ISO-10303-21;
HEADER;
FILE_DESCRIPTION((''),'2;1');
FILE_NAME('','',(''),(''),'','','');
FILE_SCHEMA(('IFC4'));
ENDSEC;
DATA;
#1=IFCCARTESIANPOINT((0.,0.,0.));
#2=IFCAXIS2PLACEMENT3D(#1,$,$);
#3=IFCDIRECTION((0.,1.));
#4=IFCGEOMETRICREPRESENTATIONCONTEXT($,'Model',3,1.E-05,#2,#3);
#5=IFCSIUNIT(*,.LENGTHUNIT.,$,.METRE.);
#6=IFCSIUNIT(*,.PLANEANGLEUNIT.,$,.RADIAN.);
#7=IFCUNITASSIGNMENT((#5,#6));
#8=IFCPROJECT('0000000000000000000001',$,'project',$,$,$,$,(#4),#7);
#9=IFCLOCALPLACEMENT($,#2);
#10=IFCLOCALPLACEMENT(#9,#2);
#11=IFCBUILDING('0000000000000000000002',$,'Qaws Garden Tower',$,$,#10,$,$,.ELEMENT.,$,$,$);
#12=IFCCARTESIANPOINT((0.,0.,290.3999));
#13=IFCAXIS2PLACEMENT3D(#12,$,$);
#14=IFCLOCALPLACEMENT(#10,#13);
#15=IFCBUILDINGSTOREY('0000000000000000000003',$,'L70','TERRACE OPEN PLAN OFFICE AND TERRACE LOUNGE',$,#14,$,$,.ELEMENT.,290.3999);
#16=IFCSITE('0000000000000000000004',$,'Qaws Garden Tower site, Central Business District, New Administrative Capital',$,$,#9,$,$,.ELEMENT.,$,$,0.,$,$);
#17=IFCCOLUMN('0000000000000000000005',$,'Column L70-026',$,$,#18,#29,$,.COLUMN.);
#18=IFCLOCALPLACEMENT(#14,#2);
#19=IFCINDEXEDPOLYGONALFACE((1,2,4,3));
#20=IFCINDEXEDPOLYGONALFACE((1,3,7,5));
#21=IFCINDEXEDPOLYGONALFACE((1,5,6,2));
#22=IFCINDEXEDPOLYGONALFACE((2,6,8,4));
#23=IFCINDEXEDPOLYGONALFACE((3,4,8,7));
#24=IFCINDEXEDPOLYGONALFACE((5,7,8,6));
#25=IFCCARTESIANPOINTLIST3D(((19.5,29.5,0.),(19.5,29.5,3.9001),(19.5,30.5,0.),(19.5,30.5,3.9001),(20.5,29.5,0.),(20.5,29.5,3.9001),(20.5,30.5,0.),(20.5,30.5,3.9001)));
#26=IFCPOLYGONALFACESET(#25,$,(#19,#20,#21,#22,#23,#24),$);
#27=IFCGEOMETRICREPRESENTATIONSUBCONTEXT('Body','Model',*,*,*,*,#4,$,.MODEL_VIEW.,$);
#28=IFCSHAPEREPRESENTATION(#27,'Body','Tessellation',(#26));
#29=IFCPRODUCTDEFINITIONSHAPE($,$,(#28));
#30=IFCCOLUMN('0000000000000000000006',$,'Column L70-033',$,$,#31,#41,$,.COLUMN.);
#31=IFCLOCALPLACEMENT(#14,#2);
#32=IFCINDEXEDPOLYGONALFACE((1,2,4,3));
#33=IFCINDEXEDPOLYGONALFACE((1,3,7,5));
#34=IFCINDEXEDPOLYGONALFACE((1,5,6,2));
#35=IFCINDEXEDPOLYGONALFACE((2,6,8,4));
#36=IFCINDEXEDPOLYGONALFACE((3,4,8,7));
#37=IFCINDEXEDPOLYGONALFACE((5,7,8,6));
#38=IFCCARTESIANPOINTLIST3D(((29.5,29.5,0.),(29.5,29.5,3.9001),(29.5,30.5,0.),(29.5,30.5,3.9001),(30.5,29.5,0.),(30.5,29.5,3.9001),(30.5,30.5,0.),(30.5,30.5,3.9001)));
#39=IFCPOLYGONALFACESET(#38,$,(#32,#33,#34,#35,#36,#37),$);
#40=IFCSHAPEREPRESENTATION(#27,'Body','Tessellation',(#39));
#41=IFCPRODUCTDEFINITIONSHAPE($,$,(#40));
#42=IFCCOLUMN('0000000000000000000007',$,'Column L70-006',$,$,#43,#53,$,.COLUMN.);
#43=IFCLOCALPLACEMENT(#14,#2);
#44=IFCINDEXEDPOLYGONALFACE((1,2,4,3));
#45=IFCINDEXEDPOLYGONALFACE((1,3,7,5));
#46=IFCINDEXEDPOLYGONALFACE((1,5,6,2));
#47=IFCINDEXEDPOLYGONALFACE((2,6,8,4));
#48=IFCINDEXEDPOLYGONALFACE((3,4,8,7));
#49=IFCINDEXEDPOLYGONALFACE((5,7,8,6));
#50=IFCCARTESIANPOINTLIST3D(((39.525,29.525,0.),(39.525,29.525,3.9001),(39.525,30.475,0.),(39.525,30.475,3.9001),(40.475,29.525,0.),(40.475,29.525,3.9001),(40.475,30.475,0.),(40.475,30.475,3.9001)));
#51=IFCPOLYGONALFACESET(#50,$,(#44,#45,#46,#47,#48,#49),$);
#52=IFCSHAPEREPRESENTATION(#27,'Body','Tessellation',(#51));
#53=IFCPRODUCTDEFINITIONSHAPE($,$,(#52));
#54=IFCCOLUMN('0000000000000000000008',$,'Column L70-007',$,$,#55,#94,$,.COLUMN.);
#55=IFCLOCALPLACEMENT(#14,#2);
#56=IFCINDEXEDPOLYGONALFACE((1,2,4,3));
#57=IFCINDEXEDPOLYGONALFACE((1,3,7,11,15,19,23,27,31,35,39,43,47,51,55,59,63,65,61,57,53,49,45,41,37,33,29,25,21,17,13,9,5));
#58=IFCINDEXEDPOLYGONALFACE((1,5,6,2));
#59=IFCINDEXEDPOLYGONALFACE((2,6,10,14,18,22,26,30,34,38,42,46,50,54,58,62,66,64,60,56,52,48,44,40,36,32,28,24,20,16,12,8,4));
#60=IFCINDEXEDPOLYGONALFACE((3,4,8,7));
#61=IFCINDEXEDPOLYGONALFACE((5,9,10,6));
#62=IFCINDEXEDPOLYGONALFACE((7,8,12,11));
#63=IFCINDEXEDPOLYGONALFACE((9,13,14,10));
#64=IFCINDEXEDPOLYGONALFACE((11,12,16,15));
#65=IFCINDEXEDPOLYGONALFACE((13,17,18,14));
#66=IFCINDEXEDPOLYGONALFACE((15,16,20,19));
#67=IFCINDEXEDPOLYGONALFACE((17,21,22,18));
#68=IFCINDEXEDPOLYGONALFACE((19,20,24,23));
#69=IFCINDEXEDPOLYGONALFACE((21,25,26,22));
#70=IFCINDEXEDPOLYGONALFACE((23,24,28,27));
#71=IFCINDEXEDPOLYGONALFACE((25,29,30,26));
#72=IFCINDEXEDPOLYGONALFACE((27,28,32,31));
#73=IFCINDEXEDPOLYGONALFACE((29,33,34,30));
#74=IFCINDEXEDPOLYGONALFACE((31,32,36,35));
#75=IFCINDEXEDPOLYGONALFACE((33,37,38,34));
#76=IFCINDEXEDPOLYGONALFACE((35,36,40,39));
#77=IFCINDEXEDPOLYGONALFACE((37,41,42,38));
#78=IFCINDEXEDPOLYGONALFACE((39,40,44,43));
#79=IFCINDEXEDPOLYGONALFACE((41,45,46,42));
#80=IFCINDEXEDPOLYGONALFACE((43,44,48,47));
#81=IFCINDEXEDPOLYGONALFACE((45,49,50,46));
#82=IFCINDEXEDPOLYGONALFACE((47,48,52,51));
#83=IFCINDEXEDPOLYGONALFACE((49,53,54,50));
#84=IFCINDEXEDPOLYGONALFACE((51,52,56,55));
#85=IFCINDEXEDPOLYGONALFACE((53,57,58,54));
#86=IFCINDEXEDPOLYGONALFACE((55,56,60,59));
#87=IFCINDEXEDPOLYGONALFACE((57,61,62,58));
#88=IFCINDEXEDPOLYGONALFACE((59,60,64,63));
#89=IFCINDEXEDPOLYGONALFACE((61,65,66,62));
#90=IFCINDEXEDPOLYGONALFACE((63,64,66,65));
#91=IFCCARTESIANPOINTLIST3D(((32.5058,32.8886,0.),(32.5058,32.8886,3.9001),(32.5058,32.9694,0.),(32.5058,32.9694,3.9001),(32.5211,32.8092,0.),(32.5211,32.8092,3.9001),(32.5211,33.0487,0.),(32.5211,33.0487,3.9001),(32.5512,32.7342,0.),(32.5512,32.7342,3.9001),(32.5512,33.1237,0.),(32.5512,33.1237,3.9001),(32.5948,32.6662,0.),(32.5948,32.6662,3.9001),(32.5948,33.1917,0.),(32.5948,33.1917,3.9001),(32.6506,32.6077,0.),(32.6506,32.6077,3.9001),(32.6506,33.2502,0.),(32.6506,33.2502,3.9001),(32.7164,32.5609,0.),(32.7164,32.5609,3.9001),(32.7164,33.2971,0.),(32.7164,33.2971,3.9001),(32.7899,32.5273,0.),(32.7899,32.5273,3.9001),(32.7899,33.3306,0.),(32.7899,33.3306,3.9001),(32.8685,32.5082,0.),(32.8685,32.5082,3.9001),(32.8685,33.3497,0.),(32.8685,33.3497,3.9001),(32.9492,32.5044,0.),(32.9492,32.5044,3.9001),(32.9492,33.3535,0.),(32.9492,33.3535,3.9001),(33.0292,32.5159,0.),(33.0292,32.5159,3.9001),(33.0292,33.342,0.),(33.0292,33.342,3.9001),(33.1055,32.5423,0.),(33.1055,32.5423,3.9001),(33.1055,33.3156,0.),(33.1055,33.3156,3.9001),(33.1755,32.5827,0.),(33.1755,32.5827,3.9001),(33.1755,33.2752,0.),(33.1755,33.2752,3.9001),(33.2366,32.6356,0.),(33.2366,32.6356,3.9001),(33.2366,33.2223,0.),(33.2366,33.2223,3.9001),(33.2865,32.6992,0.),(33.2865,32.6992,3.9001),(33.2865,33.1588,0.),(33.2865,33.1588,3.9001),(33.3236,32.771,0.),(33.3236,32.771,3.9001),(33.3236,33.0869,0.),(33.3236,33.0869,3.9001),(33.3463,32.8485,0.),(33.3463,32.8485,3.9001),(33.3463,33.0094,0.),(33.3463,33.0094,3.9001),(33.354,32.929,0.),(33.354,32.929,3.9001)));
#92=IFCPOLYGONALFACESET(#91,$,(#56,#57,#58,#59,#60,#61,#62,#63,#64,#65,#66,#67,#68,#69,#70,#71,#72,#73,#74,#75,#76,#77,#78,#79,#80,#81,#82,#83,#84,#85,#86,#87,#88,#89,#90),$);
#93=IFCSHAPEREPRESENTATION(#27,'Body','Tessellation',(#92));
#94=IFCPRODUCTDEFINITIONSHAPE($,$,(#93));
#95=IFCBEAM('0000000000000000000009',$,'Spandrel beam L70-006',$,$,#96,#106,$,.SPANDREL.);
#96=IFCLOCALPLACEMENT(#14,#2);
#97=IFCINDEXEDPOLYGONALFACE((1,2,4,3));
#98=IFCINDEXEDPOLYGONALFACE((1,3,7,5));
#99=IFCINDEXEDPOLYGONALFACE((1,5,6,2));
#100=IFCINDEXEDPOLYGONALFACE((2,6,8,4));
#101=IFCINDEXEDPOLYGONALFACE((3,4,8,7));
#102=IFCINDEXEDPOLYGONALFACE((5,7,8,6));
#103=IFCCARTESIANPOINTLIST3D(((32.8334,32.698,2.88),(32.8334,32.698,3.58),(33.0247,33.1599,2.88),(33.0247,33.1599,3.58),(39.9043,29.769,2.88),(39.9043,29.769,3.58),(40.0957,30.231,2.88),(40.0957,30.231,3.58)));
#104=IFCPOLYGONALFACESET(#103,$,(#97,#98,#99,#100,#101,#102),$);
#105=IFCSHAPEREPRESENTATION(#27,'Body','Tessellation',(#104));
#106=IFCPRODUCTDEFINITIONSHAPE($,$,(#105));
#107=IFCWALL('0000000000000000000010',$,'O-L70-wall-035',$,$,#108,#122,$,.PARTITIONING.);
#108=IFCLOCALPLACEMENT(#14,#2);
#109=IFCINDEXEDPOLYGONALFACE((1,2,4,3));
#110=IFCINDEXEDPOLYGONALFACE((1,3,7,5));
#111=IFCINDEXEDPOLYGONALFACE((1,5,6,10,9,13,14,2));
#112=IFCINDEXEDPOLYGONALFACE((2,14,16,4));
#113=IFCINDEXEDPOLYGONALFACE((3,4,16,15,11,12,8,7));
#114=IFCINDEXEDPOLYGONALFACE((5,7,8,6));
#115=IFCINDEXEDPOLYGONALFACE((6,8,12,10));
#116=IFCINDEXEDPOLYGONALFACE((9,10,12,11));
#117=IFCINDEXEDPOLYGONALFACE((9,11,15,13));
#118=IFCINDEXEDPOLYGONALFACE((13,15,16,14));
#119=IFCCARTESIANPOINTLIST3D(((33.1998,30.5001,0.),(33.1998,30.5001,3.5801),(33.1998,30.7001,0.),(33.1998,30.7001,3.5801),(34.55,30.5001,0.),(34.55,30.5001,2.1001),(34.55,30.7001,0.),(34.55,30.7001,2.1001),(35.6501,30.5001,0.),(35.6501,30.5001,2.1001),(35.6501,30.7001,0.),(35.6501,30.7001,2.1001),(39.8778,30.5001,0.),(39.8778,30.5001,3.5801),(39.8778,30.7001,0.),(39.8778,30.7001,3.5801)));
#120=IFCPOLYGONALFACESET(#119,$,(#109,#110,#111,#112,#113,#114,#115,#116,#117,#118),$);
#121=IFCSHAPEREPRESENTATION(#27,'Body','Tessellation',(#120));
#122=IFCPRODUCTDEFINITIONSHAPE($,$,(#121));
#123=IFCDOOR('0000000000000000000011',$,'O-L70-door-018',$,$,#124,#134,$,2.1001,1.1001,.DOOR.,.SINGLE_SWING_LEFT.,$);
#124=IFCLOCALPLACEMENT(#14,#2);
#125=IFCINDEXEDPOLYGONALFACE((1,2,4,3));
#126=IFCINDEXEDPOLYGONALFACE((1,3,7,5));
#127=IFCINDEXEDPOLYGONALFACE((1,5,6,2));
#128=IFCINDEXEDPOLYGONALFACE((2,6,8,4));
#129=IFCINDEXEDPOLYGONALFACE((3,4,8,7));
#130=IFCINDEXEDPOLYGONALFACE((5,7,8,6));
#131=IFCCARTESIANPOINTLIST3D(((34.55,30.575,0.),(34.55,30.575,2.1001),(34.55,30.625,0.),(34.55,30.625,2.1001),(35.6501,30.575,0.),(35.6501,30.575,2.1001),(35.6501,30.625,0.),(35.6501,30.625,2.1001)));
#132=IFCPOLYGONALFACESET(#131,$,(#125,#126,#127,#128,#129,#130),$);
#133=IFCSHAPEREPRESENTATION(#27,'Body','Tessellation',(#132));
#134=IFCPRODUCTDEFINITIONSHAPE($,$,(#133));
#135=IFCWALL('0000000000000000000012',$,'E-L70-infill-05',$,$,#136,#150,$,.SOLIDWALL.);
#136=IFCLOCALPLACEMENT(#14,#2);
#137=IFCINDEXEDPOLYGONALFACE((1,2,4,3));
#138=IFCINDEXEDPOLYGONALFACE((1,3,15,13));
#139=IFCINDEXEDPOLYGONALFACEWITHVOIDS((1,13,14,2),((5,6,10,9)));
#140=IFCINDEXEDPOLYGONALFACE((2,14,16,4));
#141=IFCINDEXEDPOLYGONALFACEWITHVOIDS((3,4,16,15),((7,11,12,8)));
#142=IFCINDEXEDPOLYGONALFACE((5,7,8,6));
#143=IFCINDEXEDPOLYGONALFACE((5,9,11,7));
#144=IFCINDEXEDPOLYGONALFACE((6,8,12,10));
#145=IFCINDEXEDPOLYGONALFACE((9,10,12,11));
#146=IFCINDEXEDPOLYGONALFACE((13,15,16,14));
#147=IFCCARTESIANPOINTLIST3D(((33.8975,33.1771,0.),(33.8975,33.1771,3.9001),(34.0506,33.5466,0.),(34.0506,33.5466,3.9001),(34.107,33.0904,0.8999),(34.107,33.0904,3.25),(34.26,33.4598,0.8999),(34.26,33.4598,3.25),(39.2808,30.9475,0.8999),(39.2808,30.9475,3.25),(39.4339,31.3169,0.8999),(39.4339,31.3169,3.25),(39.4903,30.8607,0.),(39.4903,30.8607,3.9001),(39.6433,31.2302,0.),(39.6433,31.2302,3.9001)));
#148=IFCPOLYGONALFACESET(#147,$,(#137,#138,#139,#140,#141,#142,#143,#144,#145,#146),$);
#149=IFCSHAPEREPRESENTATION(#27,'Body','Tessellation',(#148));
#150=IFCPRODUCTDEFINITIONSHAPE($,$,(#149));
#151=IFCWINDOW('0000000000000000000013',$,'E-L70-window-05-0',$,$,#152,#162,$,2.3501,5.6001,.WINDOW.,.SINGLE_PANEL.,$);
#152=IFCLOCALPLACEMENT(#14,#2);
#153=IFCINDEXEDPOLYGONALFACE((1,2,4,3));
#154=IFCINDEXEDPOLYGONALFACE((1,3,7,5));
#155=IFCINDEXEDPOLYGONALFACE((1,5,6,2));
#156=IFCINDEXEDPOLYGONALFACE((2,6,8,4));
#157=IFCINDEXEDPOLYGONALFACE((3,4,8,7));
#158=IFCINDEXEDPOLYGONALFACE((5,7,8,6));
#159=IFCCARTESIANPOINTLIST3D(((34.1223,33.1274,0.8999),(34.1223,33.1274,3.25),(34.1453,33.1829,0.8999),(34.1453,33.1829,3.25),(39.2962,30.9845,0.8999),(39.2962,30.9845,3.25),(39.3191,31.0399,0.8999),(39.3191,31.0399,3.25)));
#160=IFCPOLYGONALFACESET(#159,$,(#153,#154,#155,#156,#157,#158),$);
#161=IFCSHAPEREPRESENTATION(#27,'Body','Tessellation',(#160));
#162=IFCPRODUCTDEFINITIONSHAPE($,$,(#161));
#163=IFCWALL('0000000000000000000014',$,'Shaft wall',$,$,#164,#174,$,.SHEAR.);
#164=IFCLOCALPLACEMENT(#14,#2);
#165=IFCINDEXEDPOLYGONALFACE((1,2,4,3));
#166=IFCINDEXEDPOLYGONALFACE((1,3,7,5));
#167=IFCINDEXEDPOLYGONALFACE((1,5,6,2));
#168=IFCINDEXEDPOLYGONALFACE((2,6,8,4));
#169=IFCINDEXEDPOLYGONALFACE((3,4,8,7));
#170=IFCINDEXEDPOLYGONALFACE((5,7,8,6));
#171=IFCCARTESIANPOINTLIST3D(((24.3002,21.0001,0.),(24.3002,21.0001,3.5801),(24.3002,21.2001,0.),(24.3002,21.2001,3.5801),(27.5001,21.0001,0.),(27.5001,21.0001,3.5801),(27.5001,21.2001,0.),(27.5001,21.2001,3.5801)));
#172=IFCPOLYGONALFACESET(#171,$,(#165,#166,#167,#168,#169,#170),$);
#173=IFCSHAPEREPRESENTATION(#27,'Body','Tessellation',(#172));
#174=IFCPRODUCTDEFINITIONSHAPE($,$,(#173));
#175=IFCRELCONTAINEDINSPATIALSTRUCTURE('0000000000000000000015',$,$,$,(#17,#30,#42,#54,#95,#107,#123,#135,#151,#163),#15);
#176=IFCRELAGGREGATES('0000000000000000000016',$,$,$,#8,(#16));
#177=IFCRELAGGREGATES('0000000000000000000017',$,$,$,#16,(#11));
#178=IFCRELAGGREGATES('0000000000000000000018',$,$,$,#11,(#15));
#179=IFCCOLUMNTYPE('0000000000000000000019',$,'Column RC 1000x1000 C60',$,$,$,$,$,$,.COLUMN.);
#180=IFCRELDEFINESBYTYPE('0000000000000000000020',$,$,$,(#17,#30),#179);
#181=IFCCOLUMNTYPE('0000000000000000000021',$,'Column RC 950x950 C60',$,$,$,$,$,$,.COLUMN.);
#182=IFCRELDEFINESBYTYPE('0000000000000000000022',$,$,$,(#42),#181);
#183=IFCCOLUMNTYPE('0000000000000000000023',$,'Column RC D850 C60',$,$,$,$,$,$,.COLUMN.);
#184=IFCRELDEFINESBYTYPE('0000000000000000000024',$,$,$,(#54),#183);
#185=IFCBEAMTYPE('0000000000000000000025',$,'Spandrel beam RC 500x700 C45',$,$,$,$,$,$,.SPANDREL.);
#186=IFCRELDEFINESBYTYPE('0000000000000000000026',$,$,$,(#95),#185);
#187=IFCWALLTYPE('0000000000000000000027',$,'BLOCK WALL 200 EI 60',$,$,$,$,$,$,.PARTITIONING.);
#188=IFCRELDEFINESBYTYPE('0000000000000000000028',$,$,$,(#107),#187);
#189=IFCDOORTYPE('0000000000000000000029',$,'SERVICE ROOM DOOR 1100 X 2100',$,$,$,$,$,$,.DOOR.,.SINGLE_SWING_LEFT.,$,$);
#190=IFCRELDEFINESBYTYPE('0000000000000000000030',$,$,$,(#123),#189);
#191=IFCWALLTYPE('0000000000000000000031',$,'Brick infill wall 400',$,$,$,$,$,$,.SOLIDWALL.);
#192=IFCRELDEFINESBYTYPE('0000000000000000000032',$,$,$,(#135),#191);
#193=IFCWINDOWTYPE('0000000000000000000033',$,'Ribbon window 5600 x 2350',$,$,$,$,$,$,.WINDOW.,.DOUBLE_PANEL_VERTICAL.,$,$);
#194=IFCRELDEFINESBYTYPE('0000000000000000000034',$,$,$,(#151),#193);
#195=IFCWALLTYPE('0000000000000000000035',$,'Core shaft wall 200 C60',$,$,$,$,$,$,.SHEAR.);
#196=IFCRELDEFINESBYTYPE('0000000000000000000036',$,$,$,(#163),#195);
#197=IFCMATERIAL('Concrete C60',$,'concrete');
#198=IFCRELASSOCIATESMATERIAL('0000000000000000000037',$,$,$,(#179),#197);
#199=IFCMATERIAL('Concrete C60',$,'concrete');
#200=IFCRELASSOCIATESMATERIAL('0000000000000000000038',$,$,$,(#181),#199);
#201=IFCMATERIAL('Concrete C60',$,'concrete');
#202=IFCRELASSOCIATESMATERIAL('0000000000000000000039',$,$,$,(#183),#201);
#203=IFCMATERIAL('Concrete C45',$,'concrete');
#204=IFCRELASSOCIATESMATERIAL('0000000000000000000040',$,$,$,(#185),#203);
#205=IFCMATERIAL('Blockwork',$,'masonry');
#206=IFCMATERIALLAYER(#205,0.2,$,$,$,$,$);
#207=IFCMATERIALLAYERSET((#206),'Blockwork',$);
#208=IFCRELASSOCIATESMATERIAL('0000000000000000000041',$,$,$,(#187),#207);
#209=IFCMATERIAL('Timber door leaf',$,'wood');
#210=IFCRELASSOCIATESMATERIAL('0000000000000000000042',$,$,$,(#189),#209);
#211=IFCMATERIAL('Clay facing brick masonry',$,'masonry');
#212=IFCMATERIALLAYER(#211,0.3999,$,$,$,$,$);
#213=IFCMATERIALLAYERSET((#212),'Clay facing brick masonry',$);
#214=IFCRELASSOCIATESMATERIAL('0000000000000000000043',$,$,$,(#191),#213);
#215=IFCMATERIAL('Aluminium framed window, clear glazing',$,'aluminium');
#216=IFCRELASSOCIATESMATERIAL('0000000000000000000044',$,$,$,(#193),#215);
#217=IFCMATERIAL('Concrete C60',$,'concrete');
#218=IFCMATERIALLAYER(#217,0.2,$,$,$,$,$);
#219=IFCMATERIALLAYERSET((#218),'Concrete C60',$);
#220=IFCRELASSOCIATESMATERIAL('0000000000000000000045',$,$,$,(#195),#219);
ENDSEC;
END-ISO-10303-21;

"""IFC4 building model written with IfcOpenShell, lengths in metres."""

from ifc_helpers import new_model, si_unit, direction, frame, frame_2d, origin, origin_2d, place, context, subcontext, project, spatial, rectangle, circle, extrude, material, layer, layer_set, material_profile, profile_set, type_object, element, fill, save


model = new_model("IFC4")

# Units and contexts
model_context = context("Model", 3, precision=1e-05, world=origin(), true_north=direction((0.0, 1.0)))
body_context = subcontext(model_context, "Body", "Model", "MODEL_VIEW")
ifc_project = project(units=[si_unit("LENGTHUNIT", "METRE"), si_unit("PLANEANGLEUNIT", "RADIAN")], contexts=[model_context])

# Site, building, storey
site_placement = place(None, origin())
site = spatial("IfcSite", under=ifc_project, at=site_placement, Name="Qaws Garden Tower site, Central Business District, New Administrative Capital", CompositionType="ELEMENT", RefElevation=0.0)
building_placement = place(site_placement, origin())
building = spatial("IfcBuilding", under=site, at=building_placement, Name="Qaws Garden Tower", CompositionType="ELEMENT")
storey_placement = place(building_placement, frame((0.0, 0.0, 290.3999)))
storey = spatial("IfcBuildingStorey", under=building, at=storey_placement, Name="L70", Description="TERRACE OPEN PLAN OFFICE AND TERRACE LOUNGE", CompositionType="ELEMENT", Elevation=290.3999)

# Columns
ifc_material_1 = material(Name="Concrete C60", Category="concrete")
ifc_material_profile_1 = material_profile(ifc_material_1, rectangle(XDim=1.0, YDim=1.0, at=origin_2d()), Name="RC 1000x1000")
ifc_profile_set_1 = profile_set([ifc_material_profile_1], Name="Concrete C60")
column_type_1 = type_object("IfcColumnType", Name="Column RC 1000x1000 C60", PredefinedType="COLUMN", material=ifc_profile_set_1)
for number, where, z_axis, x_axis, name in (
    (1, (20.0, 30.0, 0.0), (0.0, 0.0, 1.0), (1.0, 0.0, 0.0), "Column L70-026"),
    (2, (30.0, 30.0, 0.0), (0.0, 0.0, 1.0), (1.0, 0.0, 0.0), "Column L70-033"),
):
    element("IfcColumn", number, at=place(storey_placement, frame(where, z_axis=z_axis, x_axis=x_axis)), inside=storey, type_object=column_type_1, Name=name, PredefinedType="COLUMN", context=body_context, shape_type="SweptSolid", body=[
        extrude(rectangle(XDim=1.0, YDim=1.0, at=origin_2d()), origin(), (0.0, 0.0, 1.0), 3.9001),
    ])
ifc_material_2 = material(Name="Concrete C60", Category="concrete")
ifc_material_profile_2 = material_profile(ifc_material_2, rectangle(XDim=0.95, YDim=0.95, at=origin_2d()), Name="RC 950x950")
ifc_profile_set_2 = profile_set([ifc_material_profile_2], Name="Concrete C60")
column_type_2 = type_object("IfcColumnType", Name="Column RC 950x950 C60", PredefinedType="COLUMN", material=ifc_profile_set_2)
column_1_placement = place(storey_placement, frame((40.0, 30.0, 0.0), z_axis=(0.0, 0.0, 1.0), x_axis=(1.0, 0.0, 0.0)))
element("IfcColumn", 3, at=column_1_placement, inside=storey, type_object=column_type_2, Name="Column L70-006", PredefinedType="COLUMN", context=body_context, shape_type="SweptSolid", body=[
    extrude(rectangle(XDim=0.95, YDim=0.95, at=origin_2d()), origin(), (0.0, 0.0, 1.0), 3.9001),
])
ifc_material_3 = material(Name="Concrete C60", Category="concrete")
ifc_material_profile_3 = material_profile(ifc_material_3, circle(Radius=0.425, at=origin_2d()), Name="RC D850")
ifc_profile_set_3 = profile_set([ifc_material_profile_3], Name="Concrete C60")
column_type_3 = type_object("IfcColumnType", Name="Column RC D850 C60", PredefinedType="COLUMN", material=ifc_profile_set_3)
column_2_placement = place(storey_placement, frame((32.929, 32.929, 0.0), z_axis=(0.0, 0.0, 1.0), x_axis=(1.0, 0.0, 0.0)))
element("IfcColumn", 4, at=column_2_placement, inside=storey, type_object=column_type_3, Name="Column L70-007", PredefinedType="COLUMN", context=body_context, shape_type="SweptSolid", body=[
    extrude(circle(Radius=0.425, at=origin_2d()), origin(), (0.0, 0.0, 1.0), 3.9001),
])

# Beam
ifc_material_4 = material(Name="Concrete C45", Category="concrete")
ifc_material_profile_4 = material_profile(ifc_material_4, rectangle(XDim=0.5, YDim=0.7, at=origin_2d()), Name="RC 500x700")
ifc_profile_set_4 = profile_set([ifc_material_profile_4], Name="Concrete C45")
beam_type = type_object("IfcBeamType", Name="Spandrel beam RC 500x700 C45", PredefinedType="SPANDREL", material=ifc_profile_set_4)
beam_placement = place(storey_placement, frame((40.0, 30.0, 3.23), z_axis=(-0.923878, 0.382687, 0.0), x_axis=(-0.382687, -0.923878, 0.0)))
element("IfcBeam", 5, at=beam_placement, inside=storey, type_object=beam_type, Name="Spandrel beam L70-006", PredefinedType="SPANDREL", context=body_context, shape_type="SweptSolid", body=[
    extrude(rectangle(XDim=0.5, YDim=0.7, at=origin_2d()), origin(), (0.0, 0.0, 1.0), 7.6536),
])

# Wall, opening, door
ifc_material_5 = material(Name="Blockwork", Category="masonry")
ifc_layer_1 = layer(ifc_material_5, 0.2)
ifc_layer_set_1 = layer_set([ifc_layer_1], Name="Blockwork")
wall_type_1 = type_object("IfcWallType", Name="BLOCK WALL 200 EI 60", PredefinedType="PARTITIONING", material=ifc_layer_set_1)
wall_1_placement = place(storey_placement, frame((33.2, 30.6001, 0.0), z_axis=(0.0, 0.0, 1.0), x_axis=(1.0, 0.0, 0.0)))
wall_1 = element("IfcWall", 6, at=wall_1_placement, inside=storey, type_object=wall_type_1, Name="O-L70-wall-035", PredefinedType="PARTITIONING", context=body_context, shape_type="SweptSolid", body=[
    extrude(rectangle(XDim=6.678, YDim=0.2, at=frame_2d((3.3389, 0.0))), origin(), (0.0, 0.0, 1.0), 3.5801),
])
opening_1_placement = place(wall_1_placement, frame((1.3501, 0.0, 0.0)))
opening_1 = element("IfcOpeningElement", 7, at=opening_1_placement, cuts=wall_1, PredefinedType="OPENING", context=body_context, shape_type="SweptSolid", body=[
    extrude(rectangle(XDim=1.1001, YDim=2.1001, at=frame_2d((0.55, 1.05))), frame((0.0, 0.1099, 0.0), z_axis=(0.0, -1.0, 0.0), x_axis=(1.0, 0.0, 0.0)), (0.0, 0.0, 1.0), 0.22),
])
ifc_material_6 = material(Name="Timber door leaf", Category="wood")
door_type_1 = type_object("IfcDoorType", Name="SERVICE ROOM DOOR 1100 X 2100", OperationType="SINGLE_SWING_LEFT", PredefinedType="DOOR", material=ifc_material_6)
door_1_placement = place(opening_1_placement, origin())
door_1 = element("IfcDoor", 8, at=door_1_placement, inside=storey, type_object=door_type_1, Name="O-L70-door-018", OperationType="SINGLE_SWING_LEFT", OverallHeight=2.1001, OverallWidth=1.1001, PredefinedType="DOOR", context=body_context, shape_type="SweptSolid", body=[
    extrude(rectangle(XDim=1.1001, YDim=2.1001, at=frame_2d((0.55, 1.05))), frame((0.0, 0.0249, 0.0), z_axis=(0.0, -1.0, 0.0), x_axis=(1.0, 0.0, 0.0)), (0.0, 0.0, 1.0), 0.05),
])
fill(opening_1, door_1)

# Wall, opening, window
ifc_material_7 = material(Name="Clay facing brick masonry", Category="masonry")
ifc_layer_2 = layer(ifc_material_7, 0.3999)
ifc_layer_set_2 = layer_set([ifc_layer_2], Name="Clay facing brick masonry")
wall_type_2 = type_object("IfcWallType", Name="Brick infill wall 400", PredefinedType="SOLIDWALL", material=ifc_layer_set_2)
wall_2_placement = place(storey_placement, frame((39.5669, 31.0454, 0.0), z_axis=(0.0, 0.0, 1.0), x_axis=(-0.923891, 0.382656, 0.0)))
wall_2 = element("IfcWall", 9, at=wall_2_placement, inside=storey, type_object=wall_type_2, Name="E-L70-infill-05", PredefinedType="SOLIDWALL", context=body_context, shape_type="SweptSolid", body=[
    extrude(rectangle(XDim=6.0535, YDim=0.3999, at=frame_2d((3.0269, 0.0))), origin(), (0.0, 0.0, 1.0), 3.9001),
])
opening_2_placement = place(wall_2_placement, frame((0.2268, 0.0, 0.8999)))
opening_2 = element("IfcOpeningElement", 10, at=opening_2_placement, cuts=wall_2, PredefinedType="OPENING", context=body_context, shape_type="SweptSolid", body=[
    extrude(rectangle(XDim=5.6001, YDim=2.3501, at=frame_2d((2.8, 1.175))), frame((0.0, 0.21, 0.0), z_axis=(0.0, -1.0, 0.0), x_axis=(1.0, 0.0, 0.0)), (0.0, 0.0, 1.0), 0.4199),
])
ifc_material_8 = material(Name="Aluminium framed window, clear glazing", Category="aluminium")
window_type = type_object("IfcWindowType", Name="Ribbon window 5600 x 2350", PartitioningType="DOUBLE_PANEL_VERTICAL", PredefinedType="WINDOW", material=ifc_material_8)
window_placement = place(opening_2_placement, origin())
window = element("IfcWindow", 11, at=window_placement, inside=storey, type_object=window_type, Name="E-L70-window-05-0", OverallHeight=2.3501, OverallWidth=5.6001, PartitioningType="SINGLE_PANEL", PredefinedType="WINDOW", context=body_context, shape_type="SweptSolid", body=[
    extrude(rectangle(XDim=5.6001, YDim=2.3501, at=frame_2d((2.8, 1.175))), frame((0.0, 0.1599, 0.0), z_axis=(0.0, -1.0, 0.0), x_axis=(1.0, 0.0, 0.0)), (0.0, 0.0, 1.0), 0.0601),
])
fill(opening_2, window)

# Wall
ifc_material_9 = material(Name="Concrete C60", Category="concrete")
ifc_layer_3 = layer(ifc_material_9, 0.2)
ifc_layer_set_3 = layer_set([ifc_layer_3], Name="Concrete C60")
wall_type_3 = type_object("IfcWallType", Name="Core shaft wall 200 C60", PredefinedType="SHEAR", material=ifc_layer_set_3)
wall_3_placement = place(storey_placement, frame((24.3, 21.1001, 0.0), z_axis=(0.0, 0.0, 1.0), x_axis=(1.0, 0.0, 0.0)))
element("IfcWall", 12, at=wall_3_placement, inside=storey, type_object=wall_type_3, Name="Shaft wall", PredefinedType="SHEAR", context=body_context, shape_type="SweptSolid", body=[
    extrude(rectangle(XDim=3.2, YDim=0.2, at=frame_2d((1.6001, 0.0))), origin(), (0.0, 0.0, 1.0), 3.5801),
])

save(model, "model.ifc")
